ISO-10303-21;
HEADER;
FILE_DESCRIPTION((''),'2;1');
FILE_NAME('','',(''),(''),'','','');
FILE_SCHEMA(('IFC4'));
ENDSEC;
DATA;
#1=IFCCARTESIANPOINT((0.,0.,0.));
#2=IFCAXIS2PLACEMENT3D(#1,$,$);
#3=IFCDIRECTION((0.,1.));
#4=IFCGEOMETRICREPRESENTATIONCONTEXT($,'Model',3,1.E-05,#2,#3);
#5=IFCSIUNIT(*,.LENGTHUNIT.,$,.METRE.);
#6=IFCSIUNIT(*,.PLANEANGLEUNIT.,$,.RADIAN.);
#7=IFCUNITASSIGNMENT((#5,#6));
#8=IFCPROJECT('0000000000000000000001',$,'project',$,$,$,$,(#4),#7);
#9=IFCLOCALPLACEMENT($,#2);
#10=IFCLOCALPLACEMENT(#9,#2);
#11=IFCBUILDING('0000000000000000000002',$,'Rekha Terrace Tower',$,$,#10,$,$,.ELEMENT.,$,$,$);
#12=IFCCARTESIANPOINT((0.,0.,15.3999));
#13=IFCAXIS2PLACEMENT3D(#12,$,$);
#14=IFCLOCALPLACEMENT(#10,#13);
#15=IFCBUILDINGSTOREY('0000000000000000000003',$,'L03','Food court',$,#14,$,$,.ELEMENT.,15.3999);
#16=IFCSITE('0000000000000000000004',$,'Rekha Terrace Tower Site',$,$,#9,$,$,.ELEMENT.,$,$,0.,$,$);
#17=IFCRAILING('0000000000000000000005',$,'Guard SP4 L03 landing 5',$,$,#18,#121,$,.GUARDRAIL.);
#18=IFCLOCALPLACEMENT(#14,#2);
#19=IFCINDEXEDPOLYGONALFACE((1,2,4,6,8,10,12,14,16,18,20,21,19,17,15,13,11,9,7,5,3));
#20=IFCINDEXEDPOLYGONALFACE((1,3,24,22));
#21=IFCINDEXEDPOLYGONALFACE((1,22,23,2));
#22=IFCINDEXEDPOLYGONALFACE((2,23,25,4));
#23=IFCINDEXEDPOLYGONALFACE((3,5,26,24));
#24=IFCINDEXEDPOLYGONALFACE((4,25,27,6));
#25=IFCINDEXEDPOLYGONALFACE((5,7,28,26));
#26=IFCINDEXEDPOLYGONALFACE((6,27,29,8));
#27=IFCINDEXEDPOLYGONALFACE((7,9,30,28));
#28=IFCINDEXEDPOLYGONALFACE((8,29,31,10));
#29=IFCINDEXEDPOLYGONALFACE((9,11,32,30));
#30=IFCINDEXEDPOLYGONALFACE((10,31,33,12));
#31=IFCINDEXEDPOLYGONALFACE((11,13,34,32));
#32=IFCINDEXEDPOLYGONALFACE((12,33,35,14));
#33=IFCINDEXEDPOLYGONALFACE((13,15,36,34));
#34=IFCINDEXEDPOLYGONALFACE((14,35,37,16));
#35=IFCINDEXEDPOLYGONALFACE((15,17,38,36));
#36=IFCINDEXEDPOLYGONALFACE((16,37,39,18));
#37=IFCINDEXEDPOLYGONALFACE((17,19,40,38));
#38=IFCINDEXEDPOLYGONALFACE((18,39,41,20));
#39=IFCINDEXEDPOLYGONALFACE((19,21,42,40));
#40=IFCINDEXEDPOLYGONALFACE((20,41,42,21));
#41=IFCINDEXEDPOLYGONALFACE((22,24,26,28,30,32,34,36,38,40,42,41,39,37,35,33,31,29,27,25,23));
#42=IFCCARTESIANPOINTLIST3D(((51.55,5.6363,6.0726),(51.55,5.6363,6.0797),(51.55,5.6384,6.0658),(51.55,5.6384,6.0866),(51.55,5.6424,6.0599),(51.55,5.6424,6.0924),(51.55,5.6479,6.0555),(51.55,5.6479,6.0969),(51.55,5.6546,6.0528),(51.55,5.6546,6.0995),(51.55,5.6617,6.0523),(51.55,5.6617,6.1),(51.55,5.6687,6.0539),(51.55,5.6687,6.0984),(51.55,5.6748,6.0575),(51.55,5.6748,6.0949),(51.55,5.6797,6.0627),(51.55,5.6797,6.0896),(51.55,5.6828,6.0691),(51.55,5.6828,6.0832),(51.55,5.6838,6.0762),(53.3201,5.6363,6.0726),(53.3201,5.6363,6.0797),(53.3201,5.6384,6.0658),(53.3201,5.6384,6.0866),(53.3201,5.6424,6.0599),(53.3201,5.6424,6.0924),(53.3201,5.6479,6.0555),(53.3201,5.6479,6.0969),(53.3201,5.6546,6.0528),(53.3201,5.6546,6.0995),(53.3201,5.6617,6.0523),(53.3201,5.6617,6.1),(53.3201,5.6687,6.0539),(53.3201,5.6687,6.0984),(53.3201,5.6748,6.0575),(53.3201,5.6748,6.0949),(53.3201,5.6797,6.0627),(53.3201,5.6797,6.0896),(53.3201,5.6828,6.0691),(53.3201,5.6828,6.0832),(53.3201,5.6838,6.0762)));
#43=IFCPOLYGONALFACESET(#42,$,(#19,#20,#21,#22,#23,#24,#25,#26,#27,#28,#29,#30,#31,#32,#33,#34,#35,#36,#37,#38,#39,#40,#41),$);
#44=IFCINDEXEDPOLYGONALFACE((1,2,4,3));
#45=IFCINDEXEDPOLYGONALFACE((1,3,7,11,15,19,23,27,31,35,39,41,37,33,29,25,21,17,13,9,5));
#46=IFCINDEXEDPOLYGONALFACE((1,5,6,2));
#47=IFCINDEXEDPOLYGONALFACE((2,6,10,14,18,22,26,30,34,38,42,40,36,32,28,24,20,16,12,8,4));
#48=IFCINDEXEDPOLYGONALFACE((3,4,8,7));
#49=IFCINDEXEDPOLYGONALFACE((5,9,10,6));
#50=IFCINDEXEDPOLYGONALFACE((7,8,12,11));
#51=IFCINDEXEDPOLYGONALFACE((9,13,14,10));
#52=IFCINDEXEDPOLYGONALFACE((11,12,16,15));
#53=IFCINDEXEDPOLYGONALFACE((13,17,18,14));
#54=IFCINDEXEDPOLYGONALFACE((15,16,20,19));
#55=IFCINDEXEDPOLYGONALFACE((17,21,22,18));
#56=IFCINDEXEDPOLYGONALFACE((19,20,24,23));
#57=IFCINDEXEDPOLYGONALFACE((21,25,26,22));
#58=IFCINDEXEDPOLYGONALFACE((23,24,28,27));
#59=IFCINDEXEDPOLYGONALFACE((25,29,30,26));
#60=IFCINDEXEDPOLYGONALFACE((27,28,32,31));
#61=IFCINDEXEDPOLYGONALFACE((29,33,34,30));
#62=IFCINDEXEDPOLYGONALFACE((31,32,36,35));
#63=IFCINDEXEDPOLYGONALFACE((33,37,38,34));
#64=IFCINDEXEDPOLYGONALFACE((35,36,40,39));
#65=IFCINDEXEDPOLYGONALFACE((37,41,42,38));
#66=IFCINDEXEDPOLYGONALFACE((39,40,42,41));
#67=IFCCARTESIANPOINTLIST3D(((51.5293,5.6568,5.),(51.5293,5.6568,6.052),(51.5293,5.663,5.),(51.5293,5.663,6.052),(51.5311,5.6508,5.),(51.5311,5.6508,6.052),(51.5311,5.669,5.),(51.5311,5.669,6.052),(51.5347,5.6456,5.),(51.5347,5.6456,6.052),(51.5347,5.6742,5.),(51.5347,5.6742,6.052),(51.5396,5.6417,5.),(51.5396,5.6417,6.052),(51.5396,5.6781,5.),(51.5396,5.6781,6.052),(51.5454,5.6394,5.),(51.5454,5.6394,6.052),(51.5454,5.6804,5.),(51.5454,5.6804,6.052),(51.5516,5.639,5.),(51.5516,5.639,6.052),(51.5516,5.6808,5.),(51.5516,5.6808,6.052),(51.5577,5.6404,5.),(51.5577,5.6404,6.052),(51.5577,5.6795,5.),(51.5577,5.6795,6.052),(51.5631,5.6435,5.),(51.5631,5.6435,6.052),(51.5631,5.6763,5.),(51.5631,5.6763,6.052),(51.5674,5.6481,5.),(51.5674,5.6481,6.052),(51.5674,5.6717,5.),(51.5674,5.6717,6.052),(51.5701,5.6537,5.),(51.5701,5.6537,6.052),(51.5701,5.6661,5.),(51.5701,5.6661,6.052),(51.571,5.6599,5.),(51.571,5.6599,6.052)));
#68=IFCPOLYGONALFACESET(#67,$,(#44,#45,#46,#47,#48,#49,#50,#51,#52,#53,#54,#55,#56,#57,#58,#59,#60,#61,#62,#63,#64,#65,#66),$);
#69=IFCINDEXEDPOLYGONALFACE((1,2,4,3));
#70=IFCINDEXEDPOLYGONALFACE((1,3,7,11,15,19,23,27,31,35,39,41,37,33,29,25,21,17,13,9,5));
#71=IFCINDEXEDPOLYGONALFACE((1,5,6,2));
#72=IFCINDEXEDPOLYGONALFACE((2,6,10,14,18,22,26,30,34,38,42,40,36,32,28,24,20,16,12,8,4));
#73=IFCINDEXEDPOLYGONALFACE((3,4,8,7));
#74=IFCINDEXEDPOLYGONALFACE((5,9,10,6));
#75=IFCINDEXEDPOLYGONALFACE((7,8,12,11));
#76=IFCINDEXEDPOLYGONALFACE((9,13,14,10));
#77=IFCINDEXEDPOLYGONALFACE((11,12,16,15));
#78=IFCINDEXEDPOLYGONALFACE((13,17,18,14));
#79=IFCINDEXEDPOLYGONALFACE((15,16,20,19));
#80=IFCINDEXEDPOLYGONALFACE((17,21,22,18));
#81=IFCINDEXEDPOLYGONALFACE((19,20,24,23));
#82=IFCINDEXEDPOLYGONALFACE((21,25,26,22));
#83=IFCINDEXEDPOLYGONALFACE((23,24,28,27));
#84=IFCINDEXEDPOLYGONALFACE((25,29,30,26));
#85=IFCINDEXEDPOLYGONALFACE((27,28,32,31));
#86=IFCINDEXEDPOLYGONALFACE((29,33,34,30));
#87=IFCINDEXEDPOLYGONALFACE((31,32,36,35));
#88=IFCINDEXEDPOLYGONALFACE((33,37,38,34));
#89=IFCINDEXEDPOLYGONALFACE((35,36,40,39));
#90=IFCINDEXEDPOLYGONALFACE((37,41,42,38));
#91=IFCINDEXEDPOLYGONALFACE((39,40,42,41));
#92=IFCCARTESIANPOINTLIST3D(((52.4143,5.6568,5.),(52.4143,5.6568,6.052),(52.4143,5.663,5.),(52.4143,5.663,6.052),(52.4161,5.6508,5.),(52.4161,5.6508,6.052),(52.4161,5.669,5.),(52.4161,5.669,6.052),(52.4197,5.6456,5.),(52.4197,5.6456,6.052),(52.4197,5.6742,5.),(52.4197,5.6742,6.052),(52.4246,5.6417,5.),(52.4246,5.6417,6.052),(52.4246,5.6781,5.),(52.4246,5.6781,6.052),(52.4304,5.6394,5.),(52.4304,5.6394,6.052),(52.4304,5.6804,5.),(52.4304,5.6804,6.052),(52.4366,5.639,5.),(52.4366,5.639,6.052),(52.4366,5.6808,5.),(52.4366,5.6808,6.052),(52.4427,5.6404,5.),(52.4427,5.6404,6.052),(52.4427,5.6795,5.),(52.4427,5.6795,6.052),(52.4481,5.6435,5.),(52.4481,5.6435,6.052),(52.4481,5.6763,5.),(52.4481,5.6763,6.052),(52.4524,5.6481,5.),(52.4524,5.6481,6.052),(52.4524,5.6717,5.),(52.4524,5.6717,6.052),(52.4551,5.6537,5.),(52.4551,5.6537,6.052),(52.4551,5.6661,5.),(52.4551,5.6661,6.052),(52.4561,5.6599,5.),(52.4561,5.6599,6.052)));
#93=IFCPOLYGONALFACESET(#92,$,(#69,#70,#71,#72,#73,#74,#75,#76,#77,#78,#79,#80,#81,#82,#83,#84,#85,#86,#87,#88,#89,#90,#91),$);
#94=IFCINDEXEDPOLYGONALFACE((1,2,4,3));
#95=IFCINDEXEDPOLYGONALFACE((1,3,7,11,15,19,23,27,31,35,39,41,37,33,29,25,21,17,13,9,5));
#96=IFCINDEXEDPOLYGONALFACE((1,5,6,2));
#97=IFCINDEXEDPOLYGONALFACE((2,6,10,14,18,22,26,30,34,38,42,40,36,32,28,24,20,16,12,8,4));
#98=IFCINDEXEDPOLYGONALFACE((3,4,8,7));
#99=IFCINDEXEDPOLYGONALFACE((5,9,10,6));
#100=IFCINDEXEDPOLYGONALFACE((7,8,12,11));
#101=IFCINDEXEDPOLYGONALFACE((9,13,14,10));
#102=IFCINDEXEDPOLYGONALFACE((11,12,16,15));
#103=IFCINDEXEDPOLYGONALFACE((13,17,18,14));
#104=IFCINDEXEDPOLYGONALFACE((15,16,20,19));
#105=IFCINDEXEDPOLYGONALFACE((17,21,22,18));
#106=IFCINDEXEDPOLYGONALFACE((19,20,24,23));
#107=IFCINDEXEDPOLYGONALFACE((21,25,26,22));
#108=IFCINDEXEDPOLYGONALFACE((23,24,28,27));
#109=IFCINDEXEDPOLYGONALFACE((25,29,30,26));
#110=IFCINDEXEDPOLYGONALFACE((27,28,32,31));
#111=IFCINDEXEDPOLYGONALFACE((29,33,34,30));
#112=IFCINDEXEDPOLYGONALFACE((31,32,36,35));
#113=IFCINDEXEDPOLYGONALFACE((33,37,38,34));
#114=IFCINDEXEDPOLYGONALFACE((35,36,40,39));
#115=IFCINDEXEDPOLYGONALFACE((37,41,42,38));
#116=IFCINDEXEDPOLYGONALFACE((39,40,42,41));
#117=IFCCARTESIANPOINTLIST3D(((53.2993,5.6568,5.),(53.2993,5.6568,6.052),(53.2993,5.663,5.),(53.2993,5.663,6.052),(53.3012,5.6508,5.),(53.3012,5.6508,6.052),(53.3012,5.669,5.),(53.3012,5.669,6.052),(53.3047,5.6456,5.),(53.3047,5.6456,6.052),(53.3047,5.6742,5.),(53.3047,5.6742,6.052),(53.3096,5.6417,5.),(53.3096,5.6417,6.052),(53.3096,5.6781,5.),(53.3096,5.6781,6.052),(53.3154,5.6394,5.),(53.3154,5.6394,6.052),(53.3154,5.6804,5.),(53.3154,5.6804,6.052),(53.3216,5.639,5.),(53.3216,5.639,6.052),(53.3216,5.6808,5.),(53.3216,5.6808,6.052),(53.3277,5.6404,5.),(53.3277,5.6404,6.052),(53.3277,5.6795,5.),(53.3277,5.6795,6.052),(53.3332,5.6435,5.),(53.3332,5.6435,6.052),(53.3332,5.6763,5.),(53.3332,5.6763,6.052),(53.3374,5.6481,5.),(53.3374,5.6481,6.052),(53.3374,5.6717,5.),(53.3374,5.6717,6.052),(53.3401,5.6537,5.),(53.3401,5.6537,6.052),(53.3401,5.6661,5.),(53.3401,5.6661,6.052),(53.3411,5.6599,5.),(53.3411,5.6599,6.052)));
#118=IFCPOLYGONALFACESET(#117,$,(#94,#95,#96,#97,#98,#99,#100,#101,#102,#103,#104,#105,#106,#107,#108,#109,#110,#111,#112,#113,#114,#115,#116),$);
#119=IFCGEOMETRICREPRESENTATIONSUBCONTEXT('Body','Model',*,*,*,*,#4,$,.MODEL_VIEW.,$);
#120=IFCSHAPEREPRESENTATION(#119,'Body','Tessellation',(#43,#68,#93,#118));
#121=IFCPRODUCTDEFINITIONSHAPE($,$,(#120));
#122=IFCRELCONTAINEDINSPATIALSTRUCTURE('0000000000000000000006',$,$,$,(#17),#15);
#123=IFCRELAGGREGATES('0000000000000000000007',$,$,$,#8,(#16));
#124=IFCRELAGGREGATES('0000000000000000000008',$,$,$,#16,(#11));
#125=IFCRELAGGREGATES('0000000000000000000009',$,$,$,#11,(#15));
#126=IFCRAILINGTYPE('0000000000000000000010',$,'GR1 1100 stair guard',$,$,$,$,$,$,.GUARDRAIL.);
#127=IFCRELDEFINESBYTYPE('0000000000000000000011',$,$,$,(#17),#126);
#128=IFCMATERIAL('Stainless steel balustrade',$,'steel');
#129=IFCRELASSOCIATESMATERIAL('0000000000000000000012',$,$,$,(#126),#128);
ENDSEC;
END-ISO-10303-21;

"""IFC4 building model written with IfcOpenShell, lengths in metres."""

from ifc_helpers import new_model, si_unit, direction, frame, origin, origin_2d, place, context, subcontext, project, spatial, circle, extrude, material, type_object, element, save


model = new_model("IFC4")

# Units and contexts
model_context = context("Model", 3, precision=1e-05, world=origin(), true_north=direction((0.0, 1.0)))
body_context = subcontext(model_context, "Body", "Model", "MODEL_VIEW")
ifc_project = project(units=[si_unit("LENGTHUNIT", "METRE"), si_unit("PLANEANGLEUNIT", "RADIAN")], contexts=[model_context])

# Site, building, storey
site_placement = place(None, origin())
site = spatial("IfcSite", under=ifc_project, at=site_placement, Name="Rekha Terrace Tower Site", CompositionType="ELEMENT", RefElevation=0.0)
building_placement = place(site_placement, origin())
building = spatial("IfcBuilding", under=site, at=building_placement, Name="Rekha Terrace Tower", CompositionType="ELEMENT")
storey_placement = place(building_placement, frame((0.0, 0.0, 15.3999)))
storey = spatial("IfcBuildingStorey", under=building, at=storey_placement, Name="L03", Description="Food court", CompositionType="ELEMENT", Elevation=15.3999)

# Railing
ifc_material_1 = material(Name="Stainless steel balustrade", Category="steel")
railing_type_1 = type_object("IfcRailingType", Name="GR1 1100 stair guard", PredefinedType="GUARDRAIL", material=ifc_material_1)
railing_1_placement = place(storey_placement, frame((51.55, 5.6599, 5.0)))
element("IfcRailing", 1, at=railing_1_placement, inside=storey, type_object=railing_type_1, Name="Guard SP4 L03 landing 5", PredefinedType="GUARDRAIL", context=body_context, shape_type="SweptSolid", body=[
    extrude(circle(Radius=0.0239, at=origin_2d()), frame((0.0, 0.0, 1.0762), z_axis=(1.0, 0.0, 0.0), x_axis=(0.0, 1.0, 0.0)), (0.0, 0.0, 1.0), 1.77),
    extrude(circle(Radius=0.021, at=origin_2d()), origin(), (0.0, 0.0, 1.0), 1.052),
    extrude(circle(Radius=0.021, at=origin_2d()), frame((0.885, 0.0, 0.0)), (0.0, 0.0, 1.0), 1.052),
    extrude(circle(Radius=0.021, at=origin_2d()), frame((1.77, 0.0, 0.0)), (0.0, 0.0, 1.0), 1.052),
])

save(model, "model.ifc")
